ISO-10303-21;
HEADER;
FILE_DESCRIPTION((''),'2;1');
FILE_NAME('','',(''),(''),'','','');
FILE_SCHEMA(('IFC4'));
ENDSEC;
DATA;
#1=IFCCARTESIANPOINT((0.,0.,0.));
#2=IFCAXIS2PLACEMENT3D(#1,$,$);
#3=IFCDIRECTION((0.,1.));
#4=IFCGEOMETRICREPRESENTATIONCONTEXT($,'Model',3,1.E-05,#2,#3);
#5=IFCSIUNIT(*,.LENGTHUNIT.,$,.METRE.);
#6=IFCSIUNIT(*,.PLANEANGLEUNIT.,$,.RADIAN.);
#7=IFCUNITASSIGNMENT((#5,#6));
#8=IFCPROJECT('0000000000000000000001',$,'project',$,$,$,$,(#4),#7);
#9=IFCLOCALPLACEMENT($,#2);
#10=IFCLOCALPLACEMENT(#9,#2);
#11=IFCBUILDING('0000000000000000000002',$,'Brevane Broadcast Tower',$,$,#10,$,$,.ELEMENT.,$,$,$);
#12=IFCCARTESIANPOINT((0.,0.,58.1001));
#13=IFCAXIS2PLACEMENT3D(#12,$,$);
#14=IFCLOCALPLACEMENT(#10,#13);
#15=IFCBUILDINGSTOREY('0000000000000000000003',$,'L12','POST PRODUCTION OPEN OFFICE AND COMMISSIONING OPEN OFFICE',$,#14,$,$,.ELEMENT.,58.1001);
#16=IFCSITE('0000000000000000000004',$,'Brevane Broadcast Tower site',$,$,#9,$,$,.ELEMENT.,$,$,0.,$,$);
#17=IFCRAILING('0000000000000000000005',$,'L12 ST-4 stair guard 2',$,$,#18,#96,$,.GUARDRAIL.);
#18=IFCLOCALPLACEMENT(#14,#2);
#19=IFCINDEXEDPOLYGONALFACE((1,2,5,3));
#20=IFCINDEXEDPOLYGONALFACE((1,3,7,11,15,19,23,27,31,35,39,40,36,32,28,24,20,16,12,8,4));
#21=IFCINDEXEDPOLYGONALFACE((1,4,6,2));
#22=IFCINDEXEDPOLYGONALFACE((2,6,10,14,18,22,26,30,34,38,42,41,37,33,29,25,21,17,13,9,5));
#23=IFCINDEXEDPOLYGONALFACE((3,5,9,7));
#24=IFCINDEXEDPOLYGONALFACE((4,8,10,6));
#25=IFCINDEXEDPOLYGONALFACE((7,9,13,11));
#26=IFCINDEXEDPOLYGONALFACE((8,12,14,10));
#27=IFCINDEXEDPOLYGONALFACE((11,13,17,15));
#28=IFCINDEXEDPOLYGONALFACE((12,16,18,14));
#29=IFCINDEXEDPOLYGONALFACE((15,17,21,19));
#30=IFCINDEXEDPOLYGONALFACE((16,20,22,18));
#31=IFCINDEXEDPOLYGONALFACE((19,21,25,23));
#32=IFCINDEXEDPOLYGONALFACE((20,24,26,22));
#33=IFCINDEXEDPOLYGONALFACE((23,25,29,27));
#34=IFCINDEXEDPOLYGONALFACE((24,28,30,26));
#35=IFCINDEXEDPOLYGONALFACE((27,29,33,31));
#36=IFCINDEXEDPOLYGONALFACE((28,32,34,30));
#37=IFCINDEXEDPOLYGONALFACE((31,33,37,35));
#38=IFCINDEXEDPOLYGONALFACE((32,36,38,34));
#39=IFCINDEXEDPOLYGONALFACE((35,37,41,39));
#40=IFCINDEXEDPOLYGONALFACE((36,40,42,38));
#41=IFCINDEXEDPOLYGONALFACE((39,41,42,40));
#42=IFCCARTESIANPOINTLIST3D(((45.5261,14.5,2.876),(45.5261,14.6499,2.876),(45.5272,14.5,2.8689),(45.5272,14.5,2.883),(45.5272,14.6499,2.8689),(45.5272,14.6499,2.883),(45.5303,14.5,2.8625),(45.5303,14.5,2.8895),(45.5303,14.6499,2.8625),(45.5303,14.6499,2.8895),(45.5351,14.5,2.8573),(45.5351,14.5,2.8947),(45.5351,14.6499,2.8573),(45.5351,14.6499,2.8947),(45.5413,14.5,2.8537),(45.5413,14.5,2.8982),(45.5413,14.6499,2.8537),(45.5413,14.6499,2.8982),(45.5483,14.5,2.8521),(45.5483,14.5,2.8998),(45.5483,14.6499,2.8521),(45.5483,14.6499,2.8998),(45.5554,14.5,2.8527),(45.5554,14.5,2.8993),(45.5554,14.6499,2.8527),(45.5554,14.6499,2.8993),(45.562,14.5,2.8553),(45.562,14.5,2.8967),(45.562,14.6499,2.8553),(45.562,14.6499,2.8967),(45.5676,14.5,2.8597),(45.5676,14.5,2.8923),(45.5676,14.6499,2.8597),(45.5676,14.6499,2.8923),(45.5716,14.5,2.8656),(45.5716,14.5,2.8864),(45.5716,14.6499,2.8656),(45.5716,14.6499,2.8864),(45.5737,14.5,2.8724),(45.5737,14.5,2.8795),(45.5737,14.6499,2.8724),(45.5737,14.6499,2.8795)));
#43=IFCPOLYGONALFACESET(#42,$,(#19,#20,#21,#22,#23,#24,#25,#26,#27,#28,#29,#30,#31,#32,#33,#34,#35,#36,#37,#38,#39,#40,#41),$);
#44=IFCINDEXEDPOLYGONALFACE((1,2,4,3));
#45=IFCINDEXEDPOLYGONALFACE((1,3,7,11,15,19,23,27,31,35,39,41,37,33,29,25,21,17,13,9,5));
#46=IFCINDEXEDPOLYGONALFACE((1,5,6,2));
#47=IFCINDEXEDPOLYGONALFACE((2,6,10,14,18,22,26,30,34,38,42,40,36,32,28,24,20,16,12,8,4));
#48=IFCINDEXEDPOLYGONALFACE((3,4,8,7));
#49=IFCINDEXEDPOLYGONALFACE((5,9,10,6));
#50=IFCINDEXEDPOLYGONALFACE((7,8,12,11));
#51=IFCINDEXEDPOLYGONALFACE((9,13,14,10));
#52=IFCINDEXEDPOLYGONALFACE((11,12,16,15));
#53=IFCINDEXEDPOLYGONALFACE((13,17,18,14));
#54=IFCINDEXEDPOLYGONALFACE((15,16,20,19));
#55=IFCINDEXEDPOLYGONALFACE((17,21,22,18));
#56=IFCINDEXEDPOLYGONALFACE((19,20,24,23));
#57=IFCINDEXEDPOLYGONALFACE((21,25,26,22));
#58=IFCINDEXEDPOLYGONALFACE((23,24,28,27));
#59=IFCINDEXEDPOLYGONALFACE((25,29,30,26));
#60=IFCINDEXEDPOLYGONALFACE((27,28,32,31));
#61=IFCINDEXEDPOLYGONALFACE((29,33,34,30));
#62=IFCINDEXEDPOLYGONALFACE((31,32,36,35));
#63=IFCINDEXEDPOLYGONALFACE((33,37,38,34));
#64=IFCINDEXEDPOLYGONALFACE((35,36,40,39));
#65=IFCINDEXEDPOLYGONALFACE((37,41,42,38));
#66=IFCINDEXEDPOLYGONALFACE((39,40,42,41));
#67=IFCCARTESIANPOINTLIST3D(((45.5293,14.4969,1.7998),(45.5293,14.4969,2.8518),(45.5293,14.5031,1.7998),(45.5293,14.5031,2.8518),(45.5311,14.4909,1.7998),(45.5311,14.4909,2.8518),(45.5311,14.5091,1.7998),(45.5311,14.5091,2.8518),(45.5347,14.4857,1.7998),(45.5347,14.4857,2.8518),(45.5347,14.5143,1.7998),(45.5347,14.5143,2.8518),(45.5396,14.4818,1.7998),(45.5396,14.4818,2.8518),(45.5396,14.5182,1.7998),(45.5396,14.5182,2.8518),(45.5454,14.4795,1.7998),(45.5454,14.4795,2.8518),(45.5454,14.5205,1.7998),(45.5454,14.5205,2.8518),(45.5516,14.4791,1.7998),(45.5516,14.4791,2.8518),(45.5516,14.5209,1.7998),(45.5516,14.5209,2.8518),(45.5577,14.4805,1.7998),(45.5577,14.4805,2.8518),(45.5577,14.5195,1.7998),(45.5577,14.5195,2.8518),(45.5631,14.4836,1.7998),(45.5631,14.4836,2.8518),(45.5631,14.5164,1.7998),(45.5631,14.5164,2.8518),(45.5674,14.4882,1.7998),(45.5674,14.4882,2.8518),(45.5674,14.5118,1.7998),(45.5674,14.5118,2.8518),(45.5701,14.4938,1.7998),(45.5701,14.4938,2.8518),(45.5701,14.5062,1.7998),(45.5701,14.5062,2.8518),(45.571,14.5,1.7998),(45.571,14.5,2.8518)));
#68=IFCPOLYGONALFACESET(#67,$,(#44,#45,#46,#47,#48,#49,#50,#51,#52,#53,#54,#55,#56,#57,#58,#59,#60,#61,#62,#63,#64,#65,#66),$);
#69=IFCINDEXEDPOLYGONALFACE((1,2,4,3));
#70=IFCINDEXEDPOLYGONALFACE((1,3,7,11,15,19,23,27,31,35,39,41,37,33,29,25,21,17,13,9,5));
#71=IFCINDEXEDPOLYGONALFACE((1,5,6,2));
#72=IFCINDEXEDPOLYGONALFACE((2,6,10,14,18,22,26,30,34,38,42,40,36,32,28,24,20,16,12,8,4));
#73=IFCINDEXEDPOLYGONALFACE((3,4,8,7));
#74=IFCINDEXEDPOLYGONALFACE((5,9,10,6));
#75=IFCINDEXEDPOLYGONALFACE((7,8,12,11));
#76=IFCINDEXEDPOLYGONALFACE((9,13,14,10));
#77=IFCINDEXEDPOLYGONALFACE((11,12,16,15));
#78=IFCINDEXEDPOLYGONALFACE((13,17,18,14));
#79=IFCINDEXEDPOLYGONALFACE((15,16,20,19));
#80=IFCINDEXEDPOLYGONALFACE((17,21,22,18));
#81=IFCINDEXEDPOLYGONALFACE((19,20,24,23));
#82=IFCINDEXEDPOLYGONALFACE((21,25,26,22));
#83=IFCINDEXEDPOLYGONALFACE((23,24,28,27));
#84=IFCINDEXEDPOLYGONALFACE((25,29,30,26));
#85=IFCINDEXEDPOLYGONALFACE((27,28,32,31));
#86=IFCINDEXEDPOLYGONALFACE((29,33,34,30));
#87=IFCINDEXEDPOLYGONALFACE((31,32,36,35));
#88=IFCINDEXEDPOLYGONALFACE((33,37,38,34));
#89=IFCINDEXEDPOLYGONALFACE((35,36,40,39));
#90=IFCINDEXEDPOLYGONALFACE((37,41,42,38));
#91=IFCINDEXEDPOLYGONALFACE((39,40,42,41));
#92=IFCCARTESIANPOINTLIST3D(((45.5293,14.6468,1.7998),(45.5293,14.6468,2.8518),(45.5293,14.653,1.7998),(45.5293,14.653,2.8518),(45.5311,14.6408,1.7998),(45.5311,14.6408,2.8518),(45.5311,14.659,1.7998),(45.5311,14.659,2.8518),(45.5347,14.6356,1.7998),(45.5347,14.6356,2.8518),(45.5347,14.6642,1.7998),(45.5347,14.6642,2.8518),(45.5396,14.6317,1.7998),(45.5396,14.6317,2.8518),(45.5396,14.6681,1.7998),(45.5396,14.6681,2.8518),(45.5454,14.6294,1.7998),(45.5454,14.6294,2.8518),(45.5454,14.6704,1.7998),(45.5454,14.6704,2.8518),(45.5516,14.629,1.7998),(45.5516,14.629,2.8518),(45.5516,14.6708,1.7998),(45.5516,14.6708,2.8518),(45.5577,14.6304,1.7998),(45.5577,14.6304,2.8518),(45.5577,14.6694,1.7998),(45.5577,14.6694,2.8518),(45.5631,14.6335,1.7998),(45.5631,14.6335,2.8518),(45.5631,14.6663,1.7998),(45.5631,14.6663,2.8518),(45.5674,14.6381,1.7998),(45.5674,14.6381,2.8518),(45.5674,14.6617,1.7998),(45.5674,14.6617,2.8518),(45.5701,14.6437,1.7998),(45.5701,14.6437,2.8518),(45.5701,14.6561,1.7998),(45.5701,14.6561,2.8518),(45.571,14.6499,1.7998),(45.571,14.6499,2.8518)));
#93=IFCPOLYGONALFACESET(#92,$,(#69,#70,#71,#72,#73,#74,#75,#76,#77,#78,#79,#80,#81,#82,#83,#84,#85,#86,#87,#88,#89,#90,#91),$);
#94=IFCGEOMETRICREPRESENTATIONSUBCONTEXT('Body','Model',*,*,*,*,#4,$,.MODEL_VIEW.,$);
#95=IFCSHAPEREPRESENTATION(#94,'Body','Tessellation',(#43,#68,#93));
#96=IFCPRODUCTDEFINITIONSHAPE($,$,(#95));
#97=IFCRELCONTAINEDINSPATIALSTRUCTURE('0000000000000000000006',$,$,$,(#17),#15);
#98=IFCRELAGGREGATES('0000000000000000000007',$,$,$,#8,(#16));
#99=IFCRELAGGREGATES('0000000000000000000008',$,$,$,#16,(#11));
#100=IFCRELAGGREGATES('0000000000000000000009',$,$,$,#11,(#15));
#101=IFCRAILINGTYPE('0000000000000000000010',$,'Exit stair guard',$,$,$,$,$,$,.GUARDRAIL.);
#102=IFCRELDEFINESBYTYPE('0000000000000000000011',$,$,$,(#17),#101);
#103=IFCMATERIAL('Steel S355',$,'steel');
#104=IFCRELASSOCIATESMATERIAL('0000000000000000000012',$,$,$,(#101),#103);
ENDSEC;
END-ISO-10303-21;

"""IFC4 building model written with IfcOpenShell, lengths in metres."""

from ifc_helpers import new_model, si_unit, direction, frame, origin, origin_2d, place, context, subcontext, project, spatial, circle, extrude, material, type_object, element, save


model = new_model("IFC4")

# Units and contexts
model_context = context("Model", 3, precision=1e-05, world=origin(), true_north=direction((0.0, 1.0)))
body_context = subcontext(model_context, "Body", "Model", "MODEL_VIEW")
ifc_project = project(units=[si_unit("LENGTHUNIT", "METRE"), si_unit("PLANEANGLEUNIT", "RADIAN")], contexts=[model_context])

# Site, building, storey
site_placement = place(None, origin())
site = spatial("IfcSite", under=ifc_project, at=site_placement, Name="Brevane Broadcast Tower site", CompositionType="ELEMENT", RefElevation=0.0)
building_placement = place(site_placement, origin())
building = spatial("IfcBuilding", under=site, at=building_placement, Name="Brevane Broadcast Tower", CompositionType="ELEMENT")
storey_placement = place(building_placement, frame((0.0, 0.0, 58.1001)))
storey = spatial("IfcBuildingStorey", under=building, at=storey_placement, Name="L12", Description="POST PRODUCTION OPEN OFFICE AND COMMISSIONING OPEN OFFICE", CompositionType="ELEMENT", Elevation=58.1001)

# Railing
ifc_material_1 = material(Name="Steel S355", Category="steel")
railing_type_1 = type_object("IfcRailingType", Name="Exit stair guard", PredefinedType="GUARDRAIL", material=ifc_material_1)
railing_1_placement = place(storey_placement, frame((45.55, 14.5, 1.7998)))
element("IfcRailing", 1, at=railing_1_placement, inside=storey, type_object=railing_type_1, Name="L12 ST-4 stair guard 2", PredefinedType="GUARDRAIL", context=body_context, shape_type="SweptSolid", body=[
    extrude(circle(Radius=0.0239, at=origin_2d()), frame((0.0, 0.0, 1.0762), z_axis=(0.0, 1.0, 0.0), x_axis=(-1.0, 0.0, 0.0)), (0.0, 0.0, 1.0), 0.1499),
    extrude(circle(Radius=0.021, at=origin_2d()), origin(), (0.0, 0.0, 1.0), 1.052),
    extrude(circle(Radius=0.021, at=origin_2d()), frame((0.0, 0.1499, 0.0)), (0.0, 0.0, 1.0), 1.052),
])

save(model, "model.ifc")
